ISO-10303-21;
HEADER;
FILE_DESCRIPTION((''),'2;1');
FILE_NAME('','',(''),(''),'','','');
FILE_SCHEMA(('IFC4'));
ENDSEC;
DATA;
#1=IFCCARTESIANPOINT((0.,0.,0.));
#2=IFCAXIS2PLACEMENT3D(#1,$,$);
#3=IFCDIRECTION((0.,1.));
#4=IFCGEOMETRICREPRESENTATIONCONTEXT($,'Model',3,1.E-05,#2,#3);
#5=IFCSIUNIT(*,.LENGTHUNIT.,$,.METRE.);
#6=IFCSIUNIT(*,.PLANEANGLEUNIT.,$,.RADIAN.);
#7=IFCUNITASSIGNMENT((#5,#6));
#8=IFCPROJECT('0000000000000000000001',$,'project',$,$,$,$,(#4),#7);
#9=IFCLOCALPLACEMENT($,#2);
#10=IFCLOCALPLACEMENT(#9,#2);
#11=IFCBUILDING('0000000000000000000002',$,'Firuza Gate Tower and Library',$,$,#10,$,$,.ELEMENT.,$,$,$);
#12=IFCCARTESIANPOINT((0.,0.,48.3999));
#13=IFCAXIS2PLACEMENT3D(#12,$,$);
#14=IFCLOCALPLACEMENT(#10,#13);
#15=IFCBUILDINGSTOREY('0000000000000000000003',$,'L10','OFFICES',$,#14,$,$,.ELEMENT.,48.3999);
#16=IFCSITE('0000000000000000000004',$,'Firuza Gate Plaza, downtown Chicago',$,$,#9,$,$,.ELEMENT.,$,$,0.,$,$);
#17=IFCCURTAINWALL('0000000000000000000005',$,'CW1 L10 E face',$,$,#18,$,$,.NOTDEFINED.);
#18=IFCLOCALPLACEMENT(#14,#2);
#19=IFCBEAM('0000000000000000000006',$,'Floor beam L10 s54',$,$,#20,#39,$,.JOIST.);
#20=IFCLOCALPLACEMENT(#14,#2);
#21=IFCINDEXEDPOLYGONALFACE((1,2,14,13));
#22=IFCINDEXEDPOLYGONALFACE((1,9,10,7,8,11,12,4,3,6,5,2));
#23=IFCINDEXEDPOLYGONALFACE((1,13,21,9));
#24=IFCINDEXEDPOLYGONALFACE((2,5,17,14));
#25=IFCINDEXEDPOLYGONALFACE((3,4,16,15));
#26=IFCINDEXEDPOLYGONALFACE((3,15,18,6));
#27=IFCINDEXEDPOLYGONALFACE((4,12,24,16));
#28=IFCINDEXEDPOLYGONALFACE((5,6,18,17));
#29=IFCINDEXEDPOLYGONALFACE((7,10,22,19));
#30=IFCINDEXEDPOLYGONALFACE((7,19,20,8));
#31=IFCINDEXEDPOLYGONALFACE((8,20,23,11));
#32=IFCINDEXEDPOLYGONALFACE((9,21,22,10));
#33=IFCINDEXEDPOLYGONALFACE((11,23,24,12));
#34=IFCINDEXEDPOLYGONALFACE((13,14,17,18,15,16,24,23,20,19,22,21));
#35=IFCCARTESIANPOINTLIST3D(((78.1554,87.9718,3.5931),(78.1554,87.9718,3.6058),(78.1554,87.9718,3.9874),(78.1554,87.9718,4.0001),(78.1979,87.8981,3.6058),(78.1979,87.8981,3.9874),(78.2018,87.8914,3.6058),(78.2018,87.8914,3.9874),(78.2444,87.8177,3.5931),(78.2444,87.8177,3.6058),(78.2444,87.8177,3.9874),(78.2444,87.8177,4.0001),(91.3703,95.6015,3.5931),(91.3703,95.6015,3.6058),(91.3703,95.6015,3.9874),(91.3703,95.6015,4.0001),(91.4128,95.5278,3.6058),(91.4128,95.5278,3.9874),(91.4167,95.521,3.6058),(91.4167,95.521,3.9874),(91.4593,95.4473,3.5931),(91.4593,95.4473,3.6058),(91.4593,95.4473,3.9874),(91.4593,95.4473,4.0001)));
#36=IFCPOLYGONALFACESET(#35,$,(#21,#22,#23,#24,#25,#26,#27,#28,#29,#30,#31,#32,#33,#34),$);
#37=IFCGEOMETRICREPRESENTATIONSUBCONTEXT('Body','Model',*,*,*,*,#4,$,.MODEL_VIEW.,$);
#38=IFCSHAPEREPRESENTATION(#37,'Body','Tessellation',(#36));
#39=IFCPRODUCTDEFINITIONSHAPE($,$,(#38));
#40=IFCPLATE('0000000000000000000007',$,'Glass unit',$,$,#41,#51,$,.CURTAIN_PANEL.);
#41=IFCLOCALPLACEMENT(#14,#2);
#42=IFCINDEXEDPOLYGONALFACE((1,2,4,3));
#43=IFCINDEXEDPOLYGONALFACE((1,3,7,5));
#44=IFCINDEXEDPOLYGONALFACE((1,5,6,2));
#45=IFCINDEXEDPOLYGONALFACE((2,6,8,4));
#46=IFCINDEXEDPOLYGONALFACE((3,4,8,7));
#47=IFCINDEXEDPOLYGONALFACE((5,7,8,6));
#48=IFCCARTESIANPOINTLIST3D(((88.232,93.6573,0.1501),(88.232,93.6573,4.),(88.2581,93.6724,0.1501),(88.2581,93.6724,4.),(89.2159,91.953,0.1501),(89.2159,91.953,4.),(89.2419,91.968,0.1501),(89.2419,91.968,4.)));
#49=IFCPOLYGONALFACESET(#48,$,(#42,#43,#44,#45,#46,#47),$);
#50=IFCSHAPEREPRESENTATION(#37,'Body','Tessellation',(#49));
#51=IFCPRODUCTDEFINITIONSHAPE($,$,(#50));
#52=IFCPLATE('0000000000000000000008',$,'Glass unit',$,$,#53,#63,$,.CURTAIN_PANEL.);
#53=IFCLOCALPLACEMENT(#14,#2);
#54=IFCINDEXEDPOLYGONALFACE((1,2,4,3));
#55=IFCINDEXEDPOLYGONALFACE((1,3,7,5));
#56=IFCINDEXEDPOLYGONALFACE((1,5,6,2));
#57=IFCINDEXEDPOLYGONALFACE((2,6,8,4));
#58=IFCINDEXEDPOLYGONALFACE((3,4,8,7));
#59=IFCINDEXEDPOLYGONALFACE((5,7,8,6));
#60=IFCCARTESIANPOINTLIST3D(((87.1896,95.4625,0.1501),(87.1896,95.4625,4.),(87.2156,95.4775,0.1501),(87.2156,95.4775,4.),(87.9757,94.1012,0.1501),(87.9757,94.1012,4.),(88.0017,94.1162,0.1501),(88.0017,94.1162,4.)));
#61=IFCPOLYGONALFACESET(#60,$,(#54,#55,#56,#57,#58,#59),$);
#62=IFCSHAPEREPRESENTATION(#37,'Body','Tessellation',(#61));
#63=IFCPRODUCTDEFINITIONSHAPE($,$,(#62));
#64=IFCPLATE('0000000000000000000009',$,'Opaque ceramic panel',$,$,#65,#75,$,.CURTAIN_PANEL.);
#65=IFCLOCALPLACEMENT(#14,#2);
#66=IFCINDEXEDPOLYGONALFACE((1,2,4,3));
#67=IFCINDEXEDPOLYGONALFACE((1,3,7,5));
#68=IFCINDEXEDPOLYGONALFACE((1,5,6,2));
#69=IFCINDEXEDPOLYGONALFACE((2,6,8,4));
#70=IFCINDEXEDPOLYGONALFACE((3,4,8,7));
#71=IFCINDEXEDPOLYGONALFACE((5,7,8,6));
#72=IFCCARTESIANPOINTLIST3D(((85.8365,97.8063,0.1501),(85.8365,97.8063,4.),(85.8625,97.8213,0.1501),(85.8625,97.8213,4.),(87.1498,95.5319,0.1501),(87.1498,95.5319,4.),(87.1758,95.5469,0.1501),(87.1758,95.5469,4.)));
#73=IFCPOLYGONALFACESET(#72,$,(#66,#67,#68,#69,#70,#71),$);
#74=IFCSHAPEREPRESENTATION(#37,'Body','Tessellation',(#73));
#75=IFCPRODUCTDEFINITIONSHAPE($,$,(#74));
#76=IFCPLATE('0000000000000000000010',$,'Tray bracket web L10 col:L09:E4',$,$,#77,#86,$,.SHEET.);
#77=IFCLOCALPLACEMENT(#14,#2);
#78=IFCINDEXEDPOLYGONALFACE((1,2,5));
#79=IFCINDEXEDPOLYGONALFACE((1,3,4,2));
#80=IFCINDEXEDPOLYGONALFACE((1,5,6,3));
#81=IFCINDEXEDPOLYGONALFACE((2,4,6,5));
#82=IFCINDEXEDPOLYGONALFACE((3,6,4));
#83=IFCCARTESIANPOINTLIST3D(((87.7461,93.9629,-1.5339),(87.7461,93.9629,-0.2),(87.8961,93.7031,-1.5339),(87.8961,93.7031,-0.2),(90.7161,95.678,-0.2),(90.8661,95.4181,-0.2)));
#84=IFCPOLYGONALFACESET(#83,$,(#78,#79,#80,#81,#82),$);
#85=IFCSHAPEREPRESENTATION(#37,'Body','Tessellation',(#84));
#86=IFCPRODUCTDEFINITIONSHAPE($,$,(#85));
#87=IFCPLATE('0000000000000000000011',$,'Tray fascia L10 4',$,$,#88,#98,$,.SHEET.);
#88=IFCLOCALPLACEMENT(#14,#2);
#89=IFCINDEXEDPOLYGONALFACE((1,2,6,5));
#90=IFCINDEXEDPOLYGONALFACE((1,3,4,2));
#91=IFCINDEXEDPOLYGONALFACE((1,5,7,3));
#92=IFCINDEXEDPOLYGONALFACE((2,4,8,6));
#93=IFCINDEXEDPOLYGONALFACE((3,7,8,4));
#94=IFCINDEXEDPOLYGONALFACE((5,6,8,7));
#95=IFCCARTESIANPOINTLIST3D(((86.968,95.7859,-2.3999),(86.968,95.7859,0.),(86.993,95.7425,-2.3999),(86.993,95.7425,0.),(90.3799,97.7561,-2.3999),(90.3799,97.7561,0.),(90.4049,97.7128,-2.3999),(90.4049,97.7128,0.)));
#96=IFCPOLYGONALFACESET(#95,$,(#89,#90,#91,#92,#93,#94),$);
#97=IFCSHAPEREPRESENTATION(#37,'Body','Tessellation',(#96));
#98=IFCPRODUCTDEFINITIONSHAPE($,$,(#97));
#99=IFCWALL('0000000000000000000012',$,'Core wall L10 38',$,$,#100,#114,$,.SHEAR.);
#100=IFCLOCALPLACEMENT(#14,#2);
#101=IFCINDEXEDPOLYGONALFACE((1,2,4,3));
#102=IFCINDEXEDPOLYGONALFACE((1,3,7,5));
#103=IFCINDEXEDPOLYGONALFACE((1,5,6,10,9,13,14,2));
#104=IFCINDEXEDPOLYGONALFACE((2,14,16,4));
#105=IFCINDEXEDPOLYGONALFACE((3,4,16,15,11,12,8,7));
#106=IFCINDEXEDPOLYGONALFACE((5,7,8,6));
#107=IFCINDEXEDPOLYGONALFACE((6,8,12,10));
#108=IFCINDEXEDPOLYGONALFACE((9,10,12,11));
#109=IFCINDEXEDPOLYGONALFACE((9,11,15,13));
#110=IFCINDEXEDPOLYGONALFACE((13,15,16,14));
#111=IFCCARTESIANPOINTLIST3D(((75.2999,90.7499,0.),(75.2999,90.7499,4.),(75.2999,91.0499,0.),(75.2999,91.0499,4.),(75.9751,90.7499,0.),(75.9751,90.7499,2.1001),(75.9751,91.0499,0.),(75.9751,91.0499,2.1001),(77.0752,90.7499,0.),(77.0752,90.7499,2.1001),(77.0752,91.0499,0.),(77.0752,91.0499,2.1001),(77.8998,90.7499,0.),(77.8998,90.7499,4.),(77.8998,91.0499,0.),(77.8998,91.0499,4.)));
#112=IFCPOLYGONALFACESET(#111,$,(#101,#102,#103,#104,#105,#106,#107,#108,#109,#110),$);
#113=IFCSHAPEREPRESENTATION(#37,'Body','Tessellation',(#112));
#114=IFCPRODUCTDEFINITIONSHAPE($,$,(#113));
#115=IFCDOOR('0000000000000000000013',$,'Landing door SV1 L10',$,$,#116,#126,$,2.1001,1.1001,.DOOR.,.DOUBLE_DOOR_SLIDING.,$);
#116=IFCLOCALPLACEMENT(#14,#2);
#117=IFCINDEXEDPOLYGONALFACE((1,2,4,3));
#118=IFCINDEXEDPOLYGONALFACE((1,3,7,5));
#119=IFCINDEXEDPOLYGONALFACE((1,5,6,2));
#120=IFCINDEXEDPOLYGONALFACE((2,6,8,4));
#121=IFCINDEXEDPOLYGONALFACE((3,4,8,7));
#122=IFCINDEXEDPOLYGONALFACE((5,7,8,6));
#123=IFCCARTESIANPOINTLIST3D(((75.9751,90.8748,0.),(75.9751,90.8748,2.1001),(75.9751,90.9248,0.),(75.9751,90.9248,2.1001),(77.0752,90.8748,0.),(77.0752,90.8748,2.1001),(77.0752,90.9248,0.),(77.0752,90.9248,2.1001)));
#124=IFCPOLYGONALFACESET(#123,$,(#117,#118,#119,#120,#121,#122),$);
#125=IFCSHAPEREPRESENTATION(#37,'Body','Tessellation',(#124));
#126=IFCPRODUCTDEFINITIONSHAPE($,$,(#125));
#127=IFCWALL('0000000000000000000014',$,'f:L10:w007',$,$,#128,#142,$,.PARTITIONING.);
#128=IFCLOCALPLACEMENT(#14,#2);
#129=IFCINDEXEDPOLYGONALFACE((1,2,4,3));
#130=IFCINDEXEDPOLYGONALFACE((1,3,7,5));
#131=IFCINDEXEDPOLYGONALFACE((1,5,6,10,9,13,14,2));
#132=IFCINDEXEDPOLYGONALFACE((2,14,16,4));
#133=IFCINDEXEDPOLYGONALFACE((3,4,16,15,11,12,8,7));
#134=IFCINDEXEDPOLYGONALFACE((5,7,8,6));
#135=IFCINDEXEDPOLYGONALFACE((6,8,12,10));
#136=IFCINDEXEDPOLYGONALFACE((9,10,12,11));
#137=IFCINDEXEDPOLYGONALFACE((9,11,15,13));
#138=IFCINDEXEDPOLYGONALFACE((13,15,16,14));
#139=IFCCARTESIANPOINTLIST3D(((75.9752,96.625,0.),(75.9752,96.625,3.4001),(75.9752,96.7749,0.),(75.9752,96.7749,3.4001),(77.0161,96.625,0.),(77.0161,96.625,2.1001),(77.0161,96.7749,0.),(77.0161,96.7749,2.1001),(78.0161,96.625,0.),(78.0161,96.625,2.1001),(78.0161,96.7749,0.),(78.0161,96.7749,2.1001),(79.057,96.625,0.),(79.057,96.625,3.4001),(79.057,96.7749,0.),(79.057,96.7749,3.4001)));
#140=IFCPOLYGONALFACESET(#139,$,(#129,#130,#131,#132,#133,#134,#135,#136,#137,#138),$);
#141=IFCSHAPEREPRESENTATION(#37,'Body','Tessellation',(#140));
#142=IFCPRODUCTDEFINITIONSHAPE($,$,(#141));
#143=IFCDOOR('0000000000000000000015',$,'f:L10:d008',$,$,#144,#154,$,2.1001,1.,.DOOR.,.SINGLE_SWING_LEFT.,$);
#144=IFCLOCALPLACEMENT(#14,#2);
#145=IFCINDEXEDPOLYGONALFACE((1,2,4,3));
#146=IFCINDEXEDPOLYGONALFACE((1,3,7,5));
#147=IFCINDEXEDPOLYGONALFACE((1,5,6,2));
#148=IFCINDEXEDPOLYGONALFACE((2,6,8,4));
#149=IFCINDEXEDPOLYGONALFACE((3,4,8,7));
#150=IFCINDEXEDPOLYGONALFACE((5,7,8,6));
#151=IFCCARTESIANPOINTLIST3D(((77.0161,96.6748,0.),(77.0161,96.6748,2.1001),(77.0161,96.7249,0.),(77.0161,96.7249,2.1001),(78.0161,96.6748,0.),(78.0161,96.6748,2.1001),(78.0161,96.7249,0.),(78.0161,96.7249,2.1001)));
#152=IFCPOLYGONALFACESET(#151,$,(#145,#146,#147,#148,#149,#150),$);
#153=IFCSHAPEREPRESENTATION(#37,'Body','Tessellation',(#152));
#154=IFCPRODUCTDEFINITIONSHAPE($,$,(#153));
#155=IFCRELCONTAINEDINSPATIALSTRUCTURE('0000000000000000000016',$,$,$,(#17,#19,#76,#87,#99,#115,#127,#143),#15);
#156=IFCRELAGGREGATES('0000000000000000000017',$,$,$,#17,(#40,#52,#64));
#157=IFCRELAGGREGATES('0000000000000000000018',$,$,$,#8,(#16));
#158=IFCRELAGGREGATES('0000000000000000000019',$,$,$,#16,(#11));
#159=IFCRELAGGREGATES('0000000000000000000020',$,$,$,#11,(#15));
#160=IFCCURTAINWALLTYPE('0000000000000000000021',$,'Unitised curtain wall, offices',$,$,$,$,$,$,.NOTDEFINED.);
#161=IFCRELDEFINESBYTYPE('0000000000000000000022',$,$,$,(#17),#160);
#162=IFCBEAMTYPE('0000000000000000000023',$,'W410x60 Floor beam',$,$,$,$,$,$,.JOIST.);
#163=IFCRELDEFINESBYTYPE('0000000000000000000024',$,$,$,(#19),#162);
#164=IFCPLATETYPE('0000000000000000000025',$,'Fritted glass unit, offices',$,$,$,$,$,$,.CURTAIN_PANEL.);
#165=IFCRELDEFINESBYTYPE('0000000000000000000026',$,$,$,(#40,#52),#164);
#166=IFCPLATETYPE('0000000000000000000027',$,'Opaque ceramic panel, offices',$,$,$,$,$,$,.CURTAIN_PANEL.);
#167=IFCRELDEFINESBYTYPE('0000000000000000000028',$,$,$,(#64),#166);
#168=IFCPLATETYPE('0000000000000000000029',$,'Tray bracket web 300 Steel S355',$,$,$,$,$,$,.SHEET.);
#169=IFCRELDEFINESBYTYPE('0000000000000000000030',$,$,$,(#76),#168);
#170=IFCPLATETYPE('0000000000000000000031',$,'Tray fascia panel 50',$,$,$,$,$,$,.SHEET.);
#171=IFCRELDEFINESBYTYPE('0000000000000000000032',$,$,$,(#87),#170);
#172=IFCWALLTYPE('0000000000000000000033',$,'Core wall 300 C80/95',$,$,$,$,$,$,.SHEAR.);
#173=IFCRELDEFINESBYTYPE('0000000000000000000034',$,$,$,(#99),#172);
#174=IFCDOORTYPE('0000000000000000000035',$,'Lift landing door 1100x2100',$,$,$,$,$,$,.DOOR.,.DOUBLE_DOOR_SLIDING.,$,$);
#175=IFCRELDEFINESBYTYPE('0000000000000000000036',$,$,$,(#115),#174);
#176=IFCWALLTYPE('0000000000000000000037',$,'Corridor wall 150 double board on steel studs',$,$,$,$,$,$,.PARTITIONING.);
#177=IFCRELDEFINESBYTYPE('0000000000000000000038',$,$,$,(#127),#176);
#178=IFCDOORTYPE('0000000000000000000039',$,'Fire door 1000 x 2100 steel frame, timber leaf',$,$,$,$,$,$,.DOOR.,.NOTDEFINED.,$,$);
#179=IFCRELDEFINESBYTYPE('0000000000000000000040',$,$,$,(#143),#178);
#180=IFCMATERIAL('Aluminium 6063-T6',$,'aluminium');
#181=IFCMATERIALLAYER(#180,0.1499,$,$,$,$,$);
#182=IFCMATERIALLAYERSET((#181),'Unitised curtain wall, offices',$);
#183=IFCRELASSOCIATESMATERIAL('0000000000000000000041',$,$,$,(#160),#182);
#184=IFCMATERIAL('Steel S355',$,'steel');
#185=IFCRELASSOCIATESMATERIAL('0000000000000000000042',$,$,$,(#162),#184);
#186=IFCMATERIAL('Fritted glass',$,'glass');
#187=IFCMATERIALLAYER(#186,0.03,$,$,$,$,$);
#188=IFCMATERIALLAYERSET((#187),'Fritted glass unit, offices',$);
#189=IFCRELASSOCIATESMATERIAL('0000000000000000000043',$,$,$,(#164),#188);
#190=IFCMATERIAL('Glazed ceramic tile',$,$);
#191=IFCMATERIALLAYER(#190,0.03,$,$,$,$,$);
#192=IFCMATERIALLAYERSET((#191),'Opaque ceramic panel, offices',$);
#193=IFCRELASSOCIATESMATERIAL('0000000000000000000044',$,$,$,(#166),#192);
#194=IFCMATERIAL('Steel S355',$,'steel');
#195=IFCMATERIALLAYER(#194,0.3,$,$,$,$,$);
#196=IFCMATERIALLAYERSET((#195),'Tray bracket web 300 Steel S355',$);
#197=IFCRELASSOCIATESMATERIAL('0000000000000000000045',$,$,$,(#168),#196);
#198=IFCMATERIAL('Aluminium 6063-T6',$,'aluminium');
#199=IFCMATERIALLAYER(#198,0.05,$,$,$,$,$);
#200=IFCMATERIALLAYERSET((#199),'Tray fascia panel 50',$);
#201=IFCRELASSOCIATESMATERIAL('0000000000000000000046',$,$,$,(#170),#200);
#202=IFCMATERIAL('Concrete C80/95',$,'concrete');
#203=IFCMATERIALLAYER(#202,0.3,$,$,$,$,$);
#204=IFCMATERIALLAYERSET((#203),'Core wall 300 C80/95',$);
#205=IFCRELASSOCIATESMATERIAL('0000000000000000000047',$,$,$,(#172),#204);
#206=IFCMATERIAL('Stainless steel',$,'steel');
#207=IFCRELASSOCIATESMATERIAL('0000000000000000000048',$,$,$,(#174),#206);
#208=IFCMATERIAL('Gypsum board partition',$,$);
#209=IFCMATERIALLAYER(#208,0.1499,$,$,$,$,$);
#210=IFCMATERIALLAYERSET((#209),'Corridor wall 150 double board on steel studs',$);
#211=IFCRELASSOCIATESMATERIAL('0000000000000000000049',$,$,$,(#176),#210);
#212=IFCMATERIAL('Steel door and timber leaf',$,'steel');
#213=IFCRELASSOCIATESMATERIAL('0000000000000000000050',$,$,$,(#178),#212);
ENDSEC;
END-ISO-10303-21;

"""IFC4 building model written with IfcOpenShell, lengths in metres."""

from ifc_helpers import new_model, si_unit, direction, frame, frame_2d, origin, origin_2d, place, context, subcontext, project, spatial, polyline, rectangle, i_section, outline, extrude, material, layer, layer_set, material_profile, profile_set, type_object, element, fill, aggregate, save


model = new_model("IFC4")

# Units and contexts
model_context = context("Model", 3, precision=1e-05, world=origin(), true_north=direction((0.0, 1.0)))
body_context = subcontext(model_context, "Body", "Model", "MODEL_VIEW")
ifc_project = project(units=[si_unit("LENGTHUNIT", "METRE"), si_unit("PLANEANGLEUNIT", "RADIAN")], contexts=[model_context])

# Site, building, storey
site_placement = place(None, origin())
site = spatial("IfcSite", under=ifc_project, at=site_placement, Name="Firuza Gate Plaza, downtown Chicago", CompositionType="ELEMENT", RefElevation=0.0)
building_placement = place(site_placement, origin())
building = spatial("IfcBuilding", under=site, at=building_placement, Name="Firuza Gate Tower and Library", CompositionType="ELEMENT")
storey_placement = place(building_placement, frame((0.0, 0.0, 48.3999)))
storey = spatial("IfcBuildingStorey", under=building, at=storey_placement, Name="L10", Description="OFFICES", CompositionType="ELEMENT", Elevation=48.3999)

# Curtain wall
ifc_material_1 = material(Name="Aluminium 6063-T6", Category="aluminium")
ifc_layer_1 = layer(ifc_material_1, 0.1499)
ifc_layer_set_1 = layer_set([ifc_layer_1], Name="Unitised curtain wall, offices")
curtain_wall_type = type_object("IfcCurtainWallType", Name="Unitised curtain wall, offices", PredefinedType="NOTDEFINED", material=ifc_layer_set_1)
curtain_wall_placement = place(storey_placement, origin())
curtain_wall = element("IfcCurtainWall", 1, at=curtain_wall_placement, inside=storey, type_object=curtain_wall_type, Name="CW1 L10 E face", PredefinedType="NOTDEFINED")

# Beam
ifc_material_2 = material(Name="Steel S355", Category="steel")
ifc_material_profile_1 = material_profile(ifc_material_2, i_section(OverallWidth=0.178, OverallDepth=0.407, WebThickness=0.0078, FlangeThickness=0.0127, at=origin_2d()))
ifc_profile_set_1 = profile_set([ifc_material_profile_1], Name="Steel S355")
beam_type_1 = type_object("IfcBeamType", Name="W410x60 Floor beam", PredefinedType="JOIST", material=ifc_profile_set_1)
beam_1_placement = place(storey_placement, frame((91.4148, 95.5244, 3.7966), z_axis=(-0.866024, -0.500002, 0.0), x_axis=(0.500002, -0.866024, 0.0)))
element("IfcBeam", 2, at=beam_1_placement, inside=storey, type_object=beam_type_1, Name="Floor beam L10 s54", PredefinedType="JOIST", context=body_context, shape_type="SweptSolid", body=[
    extrude(i_section(OverallWidth=0.178, OverallDepth=0.407, WebThickness=0.0078, FlangeThickness=0.0127, at=origin_2d()), origin(), (0.0, 0.0, 1.0), 15.2593),
])

# Plates
ifc_material_3 = material(Name="Fritted glass", Category="glass")
ifc_layer_2 = layer(ifc_material_3, 0.03)
ifc_layer_set_2 = layer_set([ifc_layer_2], Name="Fritted glass unit, offices")
plate_type_1 = type_object("IfcPlateType", Name="Fritted glass unit, offices", PredefinedType="CURTAIN_PANEL", material=ifc_layer_set_2)
plate_1_placement = place(storey_placement, frame((89.2419, 91.968, 0.1501), z_axis=(0.866051, 0.499955, 0.0), x_axis=(-0.499955, 0.866051, 0.0)))
plate_1 = element("IfcPlate", 3, at=plate_1_placement, type_object=plate_type_1, Name="Glass unit", PredefinedType="CURTAIN_PANEL", context=body_context, shape_type="SweptSolid", body=[
    extrude(outline(polyline([(0.0, 0.0), (1.968, 0.0), (1.968, 3.8499), (0.0, 3.8499), (0.0, 0.0)])), origin(), (0.0, 0.0, -1.0), 0.03),
])
plate_2_placement = place(storey_placement, frame((88.0017, 94.1162, 0.1501), z_axis=(0.865979, 0.500081, 0.0), x_axis=(-0.500081, 0.865979, 0.0)))
plate_2 = element("IfcPlate", 4, at=plate_2_placement, type_object=plate_type_1, Name="Glass unit", PredefinedType="CURTAIN_PANEL", context=body_context, shape_type="SweptSolid", body=[
    extrude(outline(polyline([(0.0, 0.0), (1.572, 0.0), (1.572, 3.8499), (0.0, 3.8499), (0.0, 0.0)])), origin(), (0.0, 0.0, -1.0), 0.03),
])
ifc_material_4 = material(Name="Glazed ceramic tile")
ifc_layer_3 = layer(ifc_material_4, 0.03)
ifc_layer_set_3 = layer_set([ifc_layer_3], Name="Opaque ceramic panel, offices")
plate_type_2 = type_object("IfcPlateType", Name="Opaque ceramic panel, offices", PredefinedType="CURTAIN_PANEL", material=ifc_layer_set_3)
plate_3_placement = place(storey_placement, frame((87.1758, 95.5469, 0.1501), z_axis=(0.866009, 0.500028, 0.0), x_axis=(-0.500028, 0.866009, 0.0)))
plate_3 = element("IfcPlate", 5, at=plate_3_placement, type_object=plate_type_2, Name="Opaque ceramic panel", PredefinedType="CURTAIN_PANEL", context=body_context, shape_type="SweptSolid", body=[
    extrude(outline(polyline([(0.0, 0.0), (2.6263, 0.0), (2.6263, 3.8499), (0.0, 3.8499), (0.0, 0.0)])), origin(), (0.0, 0.0, -1.0), 0.03),
])
aggregate(curtain_wall, [plate_1, plate_2, plate_3])

# Plates
ifc_material_5 = material(Name="Steel S355", Category="steel")
ifc_layer_4 = layer(ifc_material_5, 0.3)
ifc_layer_set_4 = layer_set([ifc_layer_4], Name="Tray bracket web 300 Steel S355")
plate_type_3 = type_object("IfcPlateType", Name="Tray bracket web 300 Steel S355", PredefinedType="SHEET", material=ifc_layer_set_4)
plate_4_placement = place(storey_placement, frame((87.7461, 93.9629, -0.2), z_axis=(-0.500082, 0.865978, 0.0), x_axis=(0.865978, 0.500082, 0.0)))
element("IfcPlate", 6, at=plate_4_placement, inside=storey, type_object=plate_type_3, Name="Tray bracket web L10 col:L09:E4", PredefinedType="SHEET", context=body_context, shape_type="SweptSolid", body=[
    extrude(outline(polyline([(0.0, 0.0), (3.4296, 0.0), (0.0, 1.334), (0.0, 0.0)])), origin(), (0.0, 0.0, -1.0), 0.3),
])
ifc_material_6 = material(Name="Aluminium 6063-T6", Category="aluminium")
ifc_layer_5 = layer(ifc_material_6, 0.05)
ifc_layer_set_5 = layer_set([ifc_layer_5], Name="Tray fascia panel 50")
plate_type_4 = type_object("IfcPlateType", Name="Tray fascia panel 50", PredefinedType="SHEET", material=ifc_layer_set_5)
plate_5_placement = place(storey_placement, frame((90.3799, 97.7561, -2.3999), z_axis=(-0.500071, 0.865984, 0.0), x_axis=(-0.865984, -0.500071, 0.0)))
element("IfcPlate", 7, at=plate_5_placement, inside=storey, type_object=plate_type_4, Name="Tray fascia L10 4", PredefinedType="SHEET", context=body_context, shape_type="SweptSolid", body=[
    extrude(outline(polyline([(0.0, 0.0), (3.9399, 0.0), (3.9399, 2.3999), (0.0, 2.3999), (0.0, 0.0)])), origin(), (0.0, 0.0, -1.0), 0.05),
])

# Walls, openings, doors
ifc_material_7 = material(Name="Concrete C80/95", Category="concrete")
ifc_layer_6 = layer(ifc_material_7, 0.3)
ifc_layer_set_6 = layer_set([ifc_layer_6], Name="Core wall 300 C80/95")
wall_type_1 = type_object("IfcWallType", Name="Core wall 300 C80/95", PredefinedType="SHEAR", material=ifc_layer_set_6)
wall_1_placement = place(storey_placement, frame((75.3, 90.8999, 0.0), z_axis=(0.0, 0.0, 1.0), x_axis=(1.0, 0.0, 0.0)))
wall_1 = element("IfcWall", 8, at=wall_1_placement, inside=storey, type_object=wall_type_1, Name="Core wall L10 38", PredefinedType="SHEAR", context=body_context, shape_type="SweptSolid", body=[
    extrude(rectangle(XDim=2.5999, YDim=0.3, at=frame_2d((1.2998, 0.0))), origin(), (0.0, 0.0, 1.0), 4.0),
])
opening_1_placement = place(wall_1_placement, frame((0.675, 0.0, 0.0)))
opening_1 = element("IfcOpeningElement", 9, at=opening_1_placement, cuts=wall_1, PredefinedType="OPENING", context=body_context, shape_type="SweptSolid", body=[
    extrude(rectangle(XDim=1.1001, YDim=2.1001, at=frame_2d((0.55, 1.05))), frame((0.0, 0.1602, 0.0), z_axis=(0.0, -1.0, 0.0), x_axis=(1.0, 0.0, 0.0)), (0.0, 0.0, 1.0), 0.3201),
])
ifc_material_8 = material(Name="Stainless steel", Category="steel")
door_type_1 = type_object("IfcDoorType", Name="Lift landing door 1100x2100", OperationType="DOUBLE_DOOR_SLIDING", PredefinedType="DOOR", material=ifc_material_8)
door_1_placement = place(opening_1_placement, origin())
door_1 = element("IfcDoor", 10, at=door_1_placement, inside=storey, type_object=door_type_1, Name="Landing door SV1 L10", OperationType="DOUBLE_DOOR_SLIDING", OverallHeight=2.1001, OverallWidth=1.1001, PredefinedType="DOOR", context=body_context, shape_type="SweptSolid", body=[
    extrude(rectangle(XDim=1.1001, YDim=2.1001, at=frame_2d((0.55, 1.05))), frame((0.0, 0.0249, 0.0), z_axis=(0.0, -1.0, 0.0), x_axis=(1.0, 0.0, 0.0)), (0.0, 0.0, 1.0), 0.05),
])
fill(opening_1, door_1)
ifc_material_9 = material(Name="Gypsum board partition")
ifc_layer_7 = layer(ifc_material_9, 0.1499)
ifc_layer_set_7 = layer_set([ifc_layer_7], Name="Corridor wall 150 double board on steel studs")
wall_type_2 = type_object("IfcWallType", Name="Corridor wall 150 double board on steel studs", PredefinedType="PARTITIONING", material=ifc_layer_set_7)
wall_2_placement = place(storey_placement, frame((75.9751, 96.7, 0.0), z_axis=(0.0, 0.0, 1.0), x_axis=(1.0, 0.0, 0.0)))
wall_2 = element("IfcWall", 11, at=wall_2_placement, inside=storey, type_object=wall_type_2, Name="f:L10:w007", PredefinedType="PARTITIONING", context=body_context, shape_type="SweptSolid", body=[
    extrude(rectangle(XDim=3.0818, YDim=0.1499, at=frame_2d((1.541, 0.0))), origin(), (0.0, 0.0, 1.0), 3.4001),
])
opening_2_placement = place(wall_2_placement, frame((1.041, 0.0, 0.0)))
opening_2 = element("IfcOpeningElement", 12, at=opening_2_placement, cuts=wall_2, PredefinedType="OPENING", context=body_context, shape_type="SweptSolid", body=[
    extrude(rectangle(XDim=1.0, YDim=2.1001, at=frame_2d((0.5, 1.05))), frame((0.0, 0.085, 0.0), z_axis=(0.0, -1.0, 0.0), x_axis=(1.0, 0.0, 0.0)), (0.0, 0.0, 1.0), 0.1699),
])
ifc_material_10 = material(Name="Steel door and timber leaf", Category="steel")
door_type_2 = type_object("IfcDoorType", Name="Fire door 1000 x 2100 steel frame, timber leaf", OperationType="NOTDEFINED", PredefinedType="DOOR", material=ifc_material_10)
door_2_placement = place(opening_2_placement, origin())
door_2 = element("IfcDoor", 13, at=door_2_placement, inside=storey, type_object=door_type_2, Name="f:L10:d008", OperationType="SINGLE_SWING_LEFT", OverallHeight=2.1001, OverallWidth=1.0, PredefinedType="DOOR", context=body_context, shape_type="SweptSolid", body=[
    extrude(rectangle(XDim=1.0, YDim=2.1001, at=frame_2d((0.5, 1.05))), frame((0.0, 0.0249, 0.0), z_axis=(0.0, -1.0, 0.0), x_axis=(1.0, 0.0, 0.0)), (0.0, 0.0, 1.0), 0.05),
])
fill(opening_2, door_2)

save(model, "model.ifc")
